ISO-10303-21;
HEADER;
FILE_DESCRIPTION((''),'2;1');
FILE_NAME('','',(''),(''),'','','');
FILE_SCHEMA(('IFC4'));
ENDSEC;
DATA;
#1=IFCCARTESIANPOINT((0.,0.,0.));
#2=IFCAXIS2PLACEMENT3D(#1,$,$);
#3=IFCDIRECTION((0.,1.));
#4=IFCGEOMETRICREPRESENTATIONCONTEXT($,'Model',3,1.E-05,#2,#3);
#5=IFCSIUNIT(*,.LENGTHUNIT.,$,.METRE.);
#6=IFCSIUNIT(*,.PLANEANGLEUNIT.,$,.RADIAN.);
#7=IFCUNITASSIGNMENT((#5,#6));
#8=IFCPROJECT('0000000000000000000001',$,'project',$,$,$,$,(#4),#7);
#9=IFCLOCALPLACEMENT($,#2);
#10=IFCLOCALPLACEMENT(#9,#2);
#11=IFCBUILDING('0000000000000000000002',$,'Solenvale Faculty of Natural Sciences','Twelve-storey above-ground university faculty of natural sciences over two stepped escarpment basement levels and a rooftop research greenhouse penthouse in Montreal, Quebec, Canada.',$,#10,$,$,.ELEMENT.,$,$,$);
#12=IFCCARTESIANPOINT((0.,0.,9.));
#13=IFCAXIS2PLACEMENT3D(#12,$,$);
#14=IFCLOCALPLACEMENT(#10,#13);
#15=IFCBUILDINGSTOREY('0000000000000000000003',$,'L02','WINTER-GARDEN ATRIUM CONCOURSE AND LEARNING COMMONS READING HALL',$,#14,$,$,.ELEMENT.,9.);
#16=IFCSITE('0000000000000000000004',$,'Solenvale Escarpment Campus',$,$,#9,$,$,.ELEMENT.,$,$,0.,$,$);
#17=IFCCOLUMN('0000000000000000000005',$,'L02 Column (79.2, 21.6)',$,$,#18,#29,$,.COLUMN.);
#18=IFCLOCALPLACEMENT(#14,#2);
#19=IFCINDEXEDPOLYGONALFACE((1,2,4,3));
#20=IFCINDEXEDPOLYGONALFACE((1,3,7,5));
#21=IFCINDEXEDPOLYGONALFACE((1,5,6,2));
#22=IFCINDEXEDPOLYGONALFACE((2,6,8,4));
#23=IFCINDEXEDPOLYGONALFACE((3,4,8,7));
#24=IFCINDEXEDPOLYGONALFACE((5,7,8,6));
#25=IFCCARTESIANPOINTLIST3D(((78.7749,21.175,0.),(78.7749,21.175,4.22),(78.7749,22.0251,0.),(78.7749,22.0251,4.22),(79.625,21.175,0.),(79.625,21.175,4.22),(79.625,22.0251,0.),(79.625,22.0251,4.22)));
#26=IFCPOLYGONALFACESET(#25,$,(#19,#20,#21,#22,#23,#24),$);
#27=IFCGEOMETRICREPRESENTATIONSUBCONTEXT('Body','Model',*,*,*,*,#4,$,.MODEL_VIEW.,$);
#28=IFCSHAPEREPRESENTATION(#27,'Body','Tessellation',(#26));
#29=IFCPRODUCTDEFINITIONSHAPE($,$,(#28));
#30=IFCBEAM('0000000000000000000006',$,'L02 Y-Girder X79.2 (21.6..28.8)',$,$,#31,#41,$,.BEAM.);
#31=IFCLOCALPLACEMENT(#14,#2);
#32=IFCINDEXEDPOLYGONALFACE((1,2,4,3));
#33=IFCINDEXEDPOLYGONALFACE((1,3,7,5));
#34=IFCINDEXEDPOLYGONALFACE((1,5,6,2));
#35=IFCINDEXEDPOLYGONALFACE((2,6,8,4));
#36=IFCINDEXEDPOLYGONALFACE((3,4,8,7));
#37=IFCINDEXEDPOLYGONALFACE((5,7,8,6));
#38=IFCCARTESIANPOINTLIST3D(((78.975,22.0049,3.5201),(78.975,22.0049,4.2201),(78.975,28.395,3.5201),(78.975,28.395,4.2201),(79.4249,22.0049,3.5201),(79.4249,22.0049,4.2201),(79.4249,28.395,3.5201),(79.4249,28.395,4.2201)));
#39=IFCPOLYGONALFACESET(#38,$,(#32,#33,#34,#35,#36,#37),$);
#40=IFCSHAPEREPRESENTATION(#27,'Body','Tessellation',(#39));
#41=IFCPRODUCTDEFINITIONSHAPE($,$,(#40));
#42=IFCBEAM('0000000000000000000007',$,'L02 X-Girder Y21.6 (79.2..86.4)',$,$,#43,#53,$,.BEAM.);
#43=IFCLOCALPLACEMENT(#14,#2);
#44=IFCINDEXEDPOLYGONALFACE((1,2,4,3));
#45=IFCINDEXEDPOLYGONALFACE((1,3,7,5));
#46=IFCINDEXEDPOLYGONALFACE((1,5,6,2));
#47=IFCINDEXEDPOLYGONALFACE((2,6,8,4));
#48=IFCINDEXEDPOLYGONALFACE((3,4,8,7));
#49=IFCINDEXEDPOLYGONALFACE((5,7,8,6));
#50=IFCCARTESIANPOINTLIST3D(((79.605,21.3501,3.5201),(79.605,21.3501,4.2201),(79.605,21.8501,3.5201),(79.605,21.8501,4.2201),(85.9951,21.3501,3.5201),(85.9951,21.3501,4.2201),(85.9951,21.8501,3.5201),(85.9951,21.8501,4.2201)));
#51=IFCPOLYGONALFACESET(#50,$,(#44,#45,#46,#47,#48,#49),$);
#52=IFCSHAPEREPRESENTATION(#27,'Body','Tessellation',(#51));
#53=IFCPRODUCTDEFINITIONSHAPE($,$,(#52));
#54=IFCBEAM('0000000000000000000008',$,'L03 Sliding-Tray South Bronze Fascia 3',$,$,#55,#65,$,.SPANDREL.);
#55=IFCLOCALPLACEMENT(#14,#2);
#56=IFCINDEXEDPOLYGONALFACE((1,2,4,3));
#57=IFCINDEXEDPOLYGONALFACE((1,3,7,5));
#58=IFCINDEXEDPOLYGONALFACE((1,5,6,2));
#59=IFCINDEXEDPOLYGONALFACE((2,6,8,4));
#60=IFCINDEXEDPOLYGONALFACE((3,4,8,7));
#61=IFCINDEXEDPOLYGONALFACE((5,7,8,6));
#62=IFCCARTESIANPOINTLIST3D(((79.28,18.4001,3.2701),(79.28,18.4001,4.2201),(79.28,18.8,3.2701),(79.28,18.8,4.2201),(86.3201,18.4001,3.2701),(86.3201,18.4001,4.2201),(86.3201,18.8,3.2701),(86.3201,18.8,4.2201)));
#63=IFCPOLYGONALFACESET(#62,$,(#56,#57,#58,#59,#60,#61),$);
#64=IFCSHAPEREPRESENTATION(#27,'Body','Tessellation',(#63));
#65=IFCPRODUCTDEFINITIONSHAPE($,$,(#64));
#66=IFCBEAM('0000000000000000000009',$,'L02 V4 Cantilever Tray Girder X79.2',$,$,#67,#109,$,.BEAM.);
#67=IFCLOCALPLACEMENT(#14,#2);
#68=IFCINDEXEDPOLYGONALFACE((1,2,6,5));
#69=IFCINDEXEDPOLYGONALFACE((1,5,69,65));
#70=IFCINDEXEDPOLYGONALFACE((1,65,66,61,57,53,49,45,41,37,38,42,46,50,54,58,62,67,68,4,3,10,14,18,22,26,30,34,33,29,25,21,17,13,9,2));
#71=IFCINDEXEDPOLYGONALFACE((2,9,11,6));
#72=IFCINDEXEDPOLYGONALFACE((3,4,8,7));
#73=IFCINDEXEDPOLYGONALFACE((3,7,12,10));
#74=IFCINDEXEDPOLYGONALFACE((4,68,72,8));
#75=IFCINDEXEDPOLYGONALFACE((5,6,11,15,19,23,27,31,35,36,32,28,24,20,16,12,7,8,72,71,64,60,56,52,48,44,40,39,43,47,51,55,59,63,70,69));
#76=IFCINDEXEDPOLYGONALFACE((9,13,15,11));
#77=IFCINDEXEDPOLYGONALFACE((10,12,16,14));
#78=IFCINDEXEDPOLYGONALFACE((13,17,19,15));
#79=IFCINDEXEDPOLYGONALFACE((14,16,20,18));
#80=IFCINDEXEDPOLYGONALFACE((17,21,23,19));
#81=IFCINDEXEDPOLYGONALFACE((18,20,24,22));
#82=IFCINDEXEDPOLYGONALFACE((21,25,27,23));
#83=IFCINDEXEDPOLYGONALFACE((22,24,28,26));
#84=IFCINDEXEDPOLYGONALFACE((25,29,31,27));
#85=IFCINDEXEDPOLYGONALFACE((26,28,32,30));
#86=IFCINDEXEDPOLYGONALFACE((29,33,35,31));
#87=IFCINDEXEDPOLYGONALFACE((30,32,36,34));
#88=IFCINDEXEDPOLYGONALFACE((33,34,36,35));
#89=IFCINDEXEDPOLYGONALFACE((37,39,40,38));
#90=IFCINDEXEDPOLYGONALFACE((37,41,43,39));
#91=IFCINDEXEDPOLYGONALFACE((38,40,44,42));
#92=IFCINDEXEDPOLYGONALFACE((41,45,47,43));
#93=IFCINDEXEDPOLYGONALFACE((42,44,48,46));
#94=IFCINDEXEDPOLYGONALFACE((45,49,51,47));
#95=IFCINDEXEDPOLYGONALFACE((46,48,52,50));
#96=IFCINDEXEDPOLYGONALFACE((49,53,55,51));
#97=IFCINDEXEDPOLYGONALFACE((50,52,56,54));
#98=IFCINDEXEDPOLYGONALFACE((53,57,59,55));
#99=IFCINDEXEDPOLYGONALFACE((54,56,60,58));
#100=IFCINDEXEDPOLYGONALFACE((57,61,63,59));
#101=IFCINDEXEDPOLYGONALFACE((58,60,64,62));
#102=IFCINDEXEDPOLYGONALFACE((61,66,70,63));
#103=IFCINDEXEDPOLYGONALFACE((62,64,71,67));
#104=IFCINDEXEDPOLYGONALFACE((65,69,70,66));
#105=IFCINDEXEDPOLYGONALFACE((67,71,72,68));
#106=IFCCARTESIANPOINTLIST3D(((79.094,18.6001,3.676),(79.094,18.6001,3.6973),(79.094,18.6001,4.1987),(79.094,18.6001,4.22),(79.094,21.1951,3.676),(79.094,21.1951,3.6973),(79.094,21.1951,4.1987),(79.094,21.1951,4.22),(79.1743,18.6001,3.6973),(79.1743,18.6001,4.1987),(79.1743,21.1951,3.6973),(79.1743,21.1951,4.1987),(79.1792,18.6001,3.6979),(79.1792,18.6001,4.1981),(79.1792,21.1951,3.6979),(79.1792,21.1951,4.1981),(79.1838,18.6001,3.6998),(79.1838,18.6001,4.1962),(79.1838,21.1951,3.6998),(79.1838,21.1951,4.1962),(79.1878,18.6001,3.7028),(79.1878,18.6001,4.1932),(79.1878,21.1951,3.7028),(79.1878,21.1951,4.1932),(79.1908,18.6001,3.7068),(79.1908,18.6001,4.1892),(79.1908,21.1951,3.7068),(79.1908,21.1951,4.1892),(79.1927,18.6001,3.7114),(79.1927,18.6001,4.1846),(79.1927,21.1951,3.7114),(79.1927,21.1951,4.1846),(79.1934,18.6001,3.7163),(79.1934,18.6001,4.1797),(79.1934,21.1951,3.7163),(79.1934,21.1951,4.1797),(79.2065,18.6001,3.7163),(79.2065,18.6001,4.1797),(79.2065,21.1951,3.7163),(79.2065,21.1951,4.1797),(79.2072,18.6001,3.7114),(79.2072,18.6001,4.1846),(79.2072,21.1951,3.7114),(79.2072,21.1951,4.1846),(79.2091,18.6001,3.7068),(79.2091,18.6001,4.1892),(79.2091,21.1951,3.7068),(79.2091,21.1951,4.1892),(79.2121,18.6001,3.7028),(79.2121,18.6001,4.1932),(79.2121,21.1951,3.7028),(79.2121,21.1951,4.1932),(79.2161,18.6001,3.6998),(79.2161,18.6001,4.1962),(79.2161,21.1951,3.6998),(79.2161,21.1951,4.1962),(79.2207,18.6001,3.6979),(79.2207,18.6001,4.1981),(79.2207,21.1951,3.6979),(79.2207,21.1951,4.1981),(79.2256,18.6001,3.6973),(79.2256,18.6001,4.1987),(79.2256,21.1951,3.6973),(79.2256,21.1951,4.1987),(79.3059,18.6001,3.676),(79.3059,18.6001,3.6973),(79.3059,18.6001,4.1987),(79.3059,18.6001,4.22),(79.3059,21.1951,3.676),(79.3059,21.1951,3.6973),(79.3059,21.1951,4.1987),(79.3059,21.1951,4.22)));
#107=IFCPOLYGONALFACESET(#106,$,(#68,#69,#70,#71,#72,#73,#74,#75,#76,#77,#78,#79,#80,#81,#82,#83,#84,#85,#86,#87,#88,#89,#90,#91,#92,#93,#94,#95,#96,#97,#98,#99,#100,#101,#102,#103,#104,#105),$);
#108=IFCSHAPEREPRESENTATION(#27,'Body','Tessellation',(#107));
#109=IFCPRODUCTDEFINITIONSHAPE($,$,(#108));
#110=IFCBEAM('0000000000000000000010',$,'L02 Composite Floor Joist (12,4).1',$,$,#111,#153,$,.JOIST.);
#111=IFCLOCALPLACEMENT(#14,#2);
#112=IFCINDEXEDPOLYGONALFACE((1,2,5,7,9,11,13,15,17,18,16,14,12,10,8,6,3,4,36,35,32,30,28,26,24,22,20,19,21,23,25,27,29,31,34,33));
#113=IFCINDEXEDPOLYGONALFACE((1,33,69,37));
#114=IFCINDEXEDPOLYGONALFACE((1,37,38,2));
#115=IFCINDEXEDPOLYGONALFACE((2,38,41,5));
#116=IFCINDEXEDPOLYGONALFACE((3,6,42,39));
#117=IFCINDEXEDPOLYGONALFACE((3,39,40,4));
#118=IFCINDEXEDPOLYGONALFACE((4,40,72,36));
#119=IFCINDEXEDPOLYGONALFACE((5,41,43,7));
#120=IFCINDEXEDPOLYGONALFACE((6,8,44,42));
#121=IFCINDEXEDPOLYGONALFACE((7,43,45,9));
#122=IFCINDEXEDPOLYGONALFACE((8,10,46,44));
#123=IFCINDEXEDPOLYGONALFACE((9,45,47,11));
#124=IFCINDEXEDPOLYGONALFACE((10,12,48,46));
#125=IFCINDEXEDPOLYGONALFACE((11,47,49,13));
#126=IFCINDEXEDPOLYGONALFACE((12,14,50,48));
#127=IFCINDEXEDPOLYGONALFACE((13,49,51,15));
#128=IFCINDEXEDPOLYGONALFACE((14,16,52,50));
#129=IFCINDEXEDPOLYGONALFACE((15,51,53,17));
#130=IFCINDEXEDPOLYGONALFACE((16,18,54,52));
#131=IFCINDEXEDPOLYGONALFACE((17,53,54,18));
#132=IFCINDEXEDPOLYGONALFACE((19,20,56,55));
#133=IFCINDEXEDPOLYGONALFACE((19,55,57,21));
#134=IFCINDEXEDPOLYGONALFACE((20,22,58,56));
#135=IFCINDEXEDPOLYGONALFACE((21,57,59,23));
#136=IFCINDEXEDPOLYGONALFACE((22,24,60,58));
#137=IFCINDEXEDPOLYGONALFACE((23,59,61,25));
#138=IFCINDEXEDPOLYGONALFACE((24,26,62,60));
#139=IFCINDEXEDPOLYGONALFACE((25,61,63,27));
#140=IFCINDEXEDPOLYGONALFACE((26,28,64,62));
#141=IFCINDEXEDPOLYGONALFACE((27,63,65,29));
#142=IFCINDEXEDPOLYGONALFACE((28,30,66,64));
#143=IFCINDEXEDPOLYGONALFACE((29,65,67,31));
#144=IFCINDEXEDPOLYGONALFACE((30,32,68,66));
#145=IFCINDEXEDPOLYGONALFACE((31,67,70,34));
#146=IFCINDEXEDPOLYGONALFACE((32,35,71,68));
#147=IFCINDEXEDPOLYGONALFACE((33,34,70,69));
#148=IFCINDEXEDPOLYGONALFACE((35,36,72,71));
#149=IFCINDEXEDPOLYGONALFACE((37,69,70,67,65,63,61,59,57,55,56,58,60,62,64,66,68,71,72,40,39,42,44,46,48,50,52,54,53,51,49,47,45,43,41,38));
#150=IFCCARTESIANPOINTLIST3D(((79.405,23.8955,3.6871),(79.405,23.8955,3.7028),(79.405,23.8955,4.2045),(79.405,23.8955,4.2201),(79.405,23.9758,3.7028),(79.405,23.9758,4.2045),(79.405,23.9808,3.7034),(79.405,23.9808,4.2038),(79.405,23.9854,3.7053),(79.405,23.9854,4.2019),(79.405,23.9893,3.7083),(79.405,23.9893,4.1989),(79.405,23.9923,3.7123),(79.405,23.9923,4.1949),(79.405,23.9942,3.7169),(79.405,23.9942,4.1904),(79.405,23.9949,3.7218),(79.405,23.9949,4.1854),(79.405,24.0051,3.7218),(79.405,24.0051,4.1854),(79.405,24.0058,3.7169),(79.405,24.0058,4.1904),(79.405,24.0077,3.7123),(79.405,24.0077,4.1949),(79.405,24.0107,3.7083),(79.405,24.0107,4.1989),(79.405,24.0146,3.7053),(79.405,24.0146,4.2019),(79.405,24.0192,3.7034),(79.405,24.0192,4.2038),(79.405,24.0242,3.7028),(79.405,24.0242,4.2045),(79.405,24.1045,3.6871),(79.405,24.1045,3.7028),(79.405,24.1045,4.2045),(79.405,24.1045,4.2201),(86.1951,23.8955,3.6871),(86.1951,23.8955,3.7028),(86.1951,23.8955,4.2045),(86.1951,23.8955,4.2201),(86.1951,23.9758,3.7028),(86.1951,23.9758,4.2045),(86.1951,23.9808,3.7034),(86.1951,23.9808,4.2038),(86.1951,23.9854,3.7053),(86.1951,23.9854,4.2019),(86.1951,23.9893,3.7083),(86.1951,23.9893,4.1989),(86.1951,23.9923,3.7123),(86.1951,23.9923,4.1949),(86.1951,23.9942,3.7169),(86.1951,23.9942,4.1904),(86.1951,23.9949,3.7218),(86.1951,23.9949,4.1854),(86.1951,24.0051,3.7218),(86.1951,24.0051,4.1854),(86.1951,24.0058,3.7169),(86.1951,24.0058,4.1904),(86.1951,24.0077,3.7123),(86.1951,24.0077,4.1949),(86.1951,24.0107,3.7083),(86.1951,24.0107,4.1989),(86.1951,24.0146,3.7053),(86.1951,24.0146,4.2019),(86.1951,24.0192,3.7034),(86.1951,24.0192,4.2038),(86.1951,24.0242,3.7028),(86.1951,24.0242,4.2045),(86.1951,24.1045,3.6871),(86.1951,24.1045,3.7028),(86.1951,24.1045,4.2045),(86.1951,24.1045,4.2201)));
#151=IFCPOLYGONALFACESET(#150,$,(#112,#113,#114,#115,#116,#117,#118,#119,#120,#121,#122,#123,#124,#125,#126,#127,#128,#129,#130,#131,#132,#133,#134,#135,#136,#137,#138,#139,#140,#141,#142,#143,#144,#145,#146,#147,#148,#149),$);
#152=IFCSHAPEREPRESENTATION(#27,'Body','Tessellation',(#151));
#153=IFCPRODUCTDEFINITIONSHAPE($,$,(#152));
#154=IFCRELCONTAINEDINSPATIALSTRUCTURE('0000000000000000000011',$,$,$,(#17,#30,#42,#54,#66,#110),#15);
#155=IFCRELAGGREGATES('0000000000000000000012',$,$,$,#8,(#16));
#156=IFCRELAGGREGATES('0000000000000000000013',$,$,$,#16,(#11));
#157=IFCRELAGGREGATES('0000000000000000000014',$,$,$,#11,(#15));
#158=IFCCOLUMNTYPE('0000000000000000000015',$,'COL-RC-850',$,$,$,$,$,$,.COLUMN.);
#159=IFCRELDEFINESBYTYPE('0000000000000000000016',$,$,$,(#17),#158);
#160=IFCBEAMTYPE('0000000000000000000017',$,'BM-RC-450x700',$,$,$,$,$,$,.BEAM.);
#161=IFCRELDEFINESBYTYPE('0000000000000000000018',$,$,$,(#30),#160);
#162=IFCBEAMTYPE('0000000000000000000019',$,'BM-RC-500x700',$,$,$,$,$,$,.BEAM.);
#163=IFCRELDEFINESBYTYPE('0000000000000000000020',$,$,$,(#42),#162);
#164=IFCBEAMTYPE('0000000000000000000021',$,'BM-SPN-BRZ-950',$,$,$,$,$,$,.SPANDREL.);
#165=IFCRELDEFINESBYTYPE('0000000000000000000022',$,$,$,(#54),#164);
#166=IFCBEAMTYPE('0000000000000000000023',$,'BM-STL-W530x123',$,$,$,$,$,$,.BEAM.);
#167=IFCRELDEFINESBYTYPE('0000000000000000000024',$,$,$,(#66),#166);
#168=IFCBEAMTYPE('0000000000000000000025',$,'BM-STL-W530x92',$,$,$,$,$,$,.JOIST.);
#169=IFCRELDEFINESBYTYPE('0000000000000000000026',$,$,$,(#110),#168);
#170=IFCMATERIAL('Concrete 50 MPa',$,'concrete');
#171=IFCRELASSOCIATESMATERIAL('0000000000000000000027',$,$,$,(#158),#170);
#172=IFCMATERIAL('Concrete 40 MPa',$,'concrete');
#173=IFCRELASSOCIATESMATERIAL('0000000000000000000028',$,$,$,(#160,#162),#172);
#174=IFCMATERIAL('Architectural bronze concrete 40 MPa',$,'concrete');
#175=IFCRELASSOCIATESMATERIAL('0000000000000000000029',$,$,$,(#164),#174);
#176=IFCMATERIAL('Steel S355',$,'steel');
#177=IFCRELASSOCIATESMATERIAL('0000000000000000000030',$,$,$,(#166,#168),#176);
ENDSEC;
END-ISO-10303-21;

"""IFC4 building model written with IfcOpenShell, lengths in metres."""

from ifc_helpers import new_model, si_unit, direction, frame, origin, origin_2d, place, context, subcontext, project, spatial, rectangle, i_section, extrude, material, material_profile, profile_set, type_object, element, save


model = new_model("IFC4")

# Units and contexts
model_context = context("Model", 3, precision=1e-05, world=origin(), true_north=direction((0.0, 1.0)))
body_context = subcontext(model_context, "Body", "Model", "MODEL_VIEW")
ifc_project = project(units=[si_unit("LENGTHUNIT", "METRE"), si_unit("PLANEANGLEUNIT", "RADIAN")], contexts=[model_context])

# Site, building, storey
site_placement = place(None, origin())
site = spatial("IfcSite", under=ifc_project, at=site_placement, Name="Solenvale Escarpment Campus", CompositionType="ELEMENT", RefElevation=0.0)
building_placement = place(site_placement, origin())
building = spatial("IfcBuilding", under=site, at=building_placement, Name="Solenvale Faculty of Natural Sciences", Description="Twelve-storey above-ground university faculty of natural sciences over two stepped escarpment basement levels and a rooftop research greenhouse penthouse in Montreal, Quebec, Canada.", CompositionType="ELEMENT")
storey_placement = place(building_placement, frame((0.0, 0.0, 9.0)))
storey = spatial("IfcBuildingStorey", under=building, at=storey_placement, Name="L02", Description="WINTER-GARDEN ATRIUM CONCOURSE AND LEARNING COMMONS READING HALL", CompositionType="ELEMENT", Elevation=9.0)

# Column
ifc_material_1 = material(Name="Concrete 50 MPa", Category="concrete")
ifc_material_profile_1 = material_profile(ifc_material_1, rectangle(XDim=0.8501, YDim=0.8501, at=origin_2d()), Name="RC-COL-850x850")
ifc_profile_set_1 = profile_set([ifc_material_profile_1], Name="Concrete 50 MPa")
column_type = type_object("IfcColumnType", Name="COL-RC-850", PredefinedType="COLUMN", material=ifc_profile_set_1)
column_placement = place(storey_placement, frame((79.2, 21.6001, 0.0), z_axis=(0.0, 0.0, 1.0), x_axis=(1.0, 0.0, 0.0)))
element("IfcColumn", 1, at=column_placement, inside=storey, type_object=column_type, Name="L02 Column (79.2, 21.6)", PredefinedType="COLUMN", context=body_context, shape_type="SweptSolid", body=[
    extrude(rectangle(XDim=0.8501, YDim=0.8501, at=origin_2d()), origin(), (0.0, 0.0, 1.0), 4.22),
])

# Beams
ifc_material_2 = material(Name="Concrete 40 MPa", Category="concrete")
ifc_material_profile_2 = material_profile(ifc_material_2, rectangle(XDim=0.45, YDim=0.7, at=origin_2d()), Name="RC-BM-450x700")
ifc_profile_set_2 = profile_set([ifc_material_profile_2], Name="Concrete 40 MPa")
beam_type_1 = type_object("IfcBeamType", Name="BM-RC-450x700", PredefinedType="BEAM", material=ifc_profile_set_2)
beam_1_placement = place(storey_placement, frame((79.2, 22.0049, 3.8701), z_axis=(0.0, 1.0, 0.0), x_axis=(-1.0, 0.0, 0.0)))
element("IfcBeam", 2, at=beam_1_placement, inside=storey, type_object=beam_type_1, Name="L02 Y-Girder X79.2 (21.6..28.8)", PredefinedType="BEAM", context=body_context, shape_type="SweptSolid", body=[
    extrude(rectangle(XDim=0.45, YDim=0.7, at=origin_2d()), origin(), (0.0, 0.0, 1.0), 6.3901),
])
ifc_material_profile_3 = material_profile(ifc_material_2, rectangle(XDim=0.5, YDim=0.7, at=origin_2d()), Name="RC-BM-500x700")
ifc_profile_set_3 = profile_set([ifc_material_profile_3], Name="Concrete 40 MPa")
beam_type_2 = type_object("IfcBeamType", Name="BM-RC-500x700", PredefinedType="BEAM", material=ifc_profile_set_3)
beam_2_placement = place(storey_placement, frame((79.605, 21.6001, 3.8701), z_axis=(1.0, 0.0, 0.0), x_axis=(0.0, 1.0, 0.0)))
element("IfcBeam", 3, at=beam_2_placement, inside=storey, type_object=beam_type_2, Name="L02 X-Girder Y21.6 (79.2..86.4)", PredefinedType="BEAM", context=body_context, shape_type="SweptSolid", body=[
    extrude(rectangle(XDim=0.5, YDim=0.7, at=origin_2d()), origin(), (0.0, 0.0, 1.0), 6.3901),
])
ifc_material_3 = material(Name="Architectural bronze concrete 40 MPa", Category="concrete")
ifc_material_profile_4 = material_profile(ifc_material_3, rectangle(XDim=0.3999, YDim=0.95, at=origin_2d()), Name="RC-SPN-400x950")
ifc_profile_set_4 = profile_set([ifc_material_profile_4], Name="Architectural bronze concrete 40 MPa")
beam_type_3 = type_object("IfcBeamType", Name="BM-SPN-BRZ-950", PredefinedType="SPANDREL", material=ifc_profile_set_4)
beam_3_placement = place(storey_placement, frame((79.28, 18.6001, 3.7451), z_axis=(1.0, 0.0, 0.0), x_axis=(0.0, 1.0, 0.0)))
element("IfcBeam", 4, at=beam_3_placement, inside=storey, type_object=beam_type_3, Name="L03 Sliding-Tray South Bronze Fascia 3", PredefinedType="SPANDREL", context=body_context, shape_type="SweptSolid", body=[
    extrude(rectangle(XDim=0.3999, YDim=0.95, at=origin_2d()), origin(), (0.0, 0.0, 1.0), 7.04),
])
ifc_material_4 = material(Name="Steel S355", Category="steel")
ifc_material_profile_5 = material_profile(ifc_material_4, i_section(OverallWidth=0.2119, OverallDepth=0.5439, WebThickness=0.0132, FlangeThickness=0.0212, FilletRadius=0.019, at=origin_2d()), Name="W530x123")
ifc_profile_set_5 = profile_set([ifc_material_profile_5], Name="Steel S355")
beam_type_4 = type_object("IfcBeamType", Name="BM-STL-W530x123", PredefinedType="BEAM", material=ifc_profile_set_5)
beam_4_placement = place(storey_placement, frame((79.2, 21.1951, 3.948), z_axis=(0.0, -1.0, 0.0), x_axis=(1.0, 0.0, 0.0)))
element("IfcBeam", 5, at=beam_4_placement, inside=storey, type_object=beam_type_4, Name="L02 V4 Cantilever Tray Girder X79.2", PredefinedType="BEAM", context=body_context, shape_type="SweptSolid", body=[
    extrude(i_section(OverallWidth=0.2119, OverallDepth=0.5439, WebThickness=0.0132, FlangeThickness=0.0212, FilletRadius=0.019, at=origin_2d()), origin(), (0.0, 0.0, 1.0), 2.595),
])
ifc_material_profile_6 = material_profile(ifc_material_4, i_section(OverallWidth=0.209, OverallDepth=0.533, WebThickness=0.0103, FlangeThickness=0.0156, FilletRadius=0.019, at=origin_2d()), Name="W530x92")
ifc_profile_set_6 = profile_set([ifc_material_profile_6], Name="Steel S355")
beam_type_5 = type_object("IfcBeamType", Name="BM-STL-W530x92", PredefinedType="JOIST", material=ifc_profile_set_6)
for number, where, z_axis, x_axis, name in (
    (6, (79.405, 24.0, 3.9536), (1.0, 0.0, 0.0), (0.0, 1.0, 0.0), "L02 Composite Floor Joist (12,4).1"),
):
    element("IfcBeam", number, at=place(storey_placement, frame(where, z_axis=z_axis, x_axis=x_axis)), inside=storey, type_object=beam_type_5, Name=name, PredefinedType="JOIST", context=body_context, shape_type="SweptSolid", body=[
        extrude(i_section(OverallWidth=0.209, OverallDepth=0.533, WebThickness=0.0103, FlangeThickness=0.0156, FilletRadius=0.019, at=origin_2d()), origin(), (0.0, 0.0, 1.0), 6.79),
    ])

save(model, "model.ifc")
